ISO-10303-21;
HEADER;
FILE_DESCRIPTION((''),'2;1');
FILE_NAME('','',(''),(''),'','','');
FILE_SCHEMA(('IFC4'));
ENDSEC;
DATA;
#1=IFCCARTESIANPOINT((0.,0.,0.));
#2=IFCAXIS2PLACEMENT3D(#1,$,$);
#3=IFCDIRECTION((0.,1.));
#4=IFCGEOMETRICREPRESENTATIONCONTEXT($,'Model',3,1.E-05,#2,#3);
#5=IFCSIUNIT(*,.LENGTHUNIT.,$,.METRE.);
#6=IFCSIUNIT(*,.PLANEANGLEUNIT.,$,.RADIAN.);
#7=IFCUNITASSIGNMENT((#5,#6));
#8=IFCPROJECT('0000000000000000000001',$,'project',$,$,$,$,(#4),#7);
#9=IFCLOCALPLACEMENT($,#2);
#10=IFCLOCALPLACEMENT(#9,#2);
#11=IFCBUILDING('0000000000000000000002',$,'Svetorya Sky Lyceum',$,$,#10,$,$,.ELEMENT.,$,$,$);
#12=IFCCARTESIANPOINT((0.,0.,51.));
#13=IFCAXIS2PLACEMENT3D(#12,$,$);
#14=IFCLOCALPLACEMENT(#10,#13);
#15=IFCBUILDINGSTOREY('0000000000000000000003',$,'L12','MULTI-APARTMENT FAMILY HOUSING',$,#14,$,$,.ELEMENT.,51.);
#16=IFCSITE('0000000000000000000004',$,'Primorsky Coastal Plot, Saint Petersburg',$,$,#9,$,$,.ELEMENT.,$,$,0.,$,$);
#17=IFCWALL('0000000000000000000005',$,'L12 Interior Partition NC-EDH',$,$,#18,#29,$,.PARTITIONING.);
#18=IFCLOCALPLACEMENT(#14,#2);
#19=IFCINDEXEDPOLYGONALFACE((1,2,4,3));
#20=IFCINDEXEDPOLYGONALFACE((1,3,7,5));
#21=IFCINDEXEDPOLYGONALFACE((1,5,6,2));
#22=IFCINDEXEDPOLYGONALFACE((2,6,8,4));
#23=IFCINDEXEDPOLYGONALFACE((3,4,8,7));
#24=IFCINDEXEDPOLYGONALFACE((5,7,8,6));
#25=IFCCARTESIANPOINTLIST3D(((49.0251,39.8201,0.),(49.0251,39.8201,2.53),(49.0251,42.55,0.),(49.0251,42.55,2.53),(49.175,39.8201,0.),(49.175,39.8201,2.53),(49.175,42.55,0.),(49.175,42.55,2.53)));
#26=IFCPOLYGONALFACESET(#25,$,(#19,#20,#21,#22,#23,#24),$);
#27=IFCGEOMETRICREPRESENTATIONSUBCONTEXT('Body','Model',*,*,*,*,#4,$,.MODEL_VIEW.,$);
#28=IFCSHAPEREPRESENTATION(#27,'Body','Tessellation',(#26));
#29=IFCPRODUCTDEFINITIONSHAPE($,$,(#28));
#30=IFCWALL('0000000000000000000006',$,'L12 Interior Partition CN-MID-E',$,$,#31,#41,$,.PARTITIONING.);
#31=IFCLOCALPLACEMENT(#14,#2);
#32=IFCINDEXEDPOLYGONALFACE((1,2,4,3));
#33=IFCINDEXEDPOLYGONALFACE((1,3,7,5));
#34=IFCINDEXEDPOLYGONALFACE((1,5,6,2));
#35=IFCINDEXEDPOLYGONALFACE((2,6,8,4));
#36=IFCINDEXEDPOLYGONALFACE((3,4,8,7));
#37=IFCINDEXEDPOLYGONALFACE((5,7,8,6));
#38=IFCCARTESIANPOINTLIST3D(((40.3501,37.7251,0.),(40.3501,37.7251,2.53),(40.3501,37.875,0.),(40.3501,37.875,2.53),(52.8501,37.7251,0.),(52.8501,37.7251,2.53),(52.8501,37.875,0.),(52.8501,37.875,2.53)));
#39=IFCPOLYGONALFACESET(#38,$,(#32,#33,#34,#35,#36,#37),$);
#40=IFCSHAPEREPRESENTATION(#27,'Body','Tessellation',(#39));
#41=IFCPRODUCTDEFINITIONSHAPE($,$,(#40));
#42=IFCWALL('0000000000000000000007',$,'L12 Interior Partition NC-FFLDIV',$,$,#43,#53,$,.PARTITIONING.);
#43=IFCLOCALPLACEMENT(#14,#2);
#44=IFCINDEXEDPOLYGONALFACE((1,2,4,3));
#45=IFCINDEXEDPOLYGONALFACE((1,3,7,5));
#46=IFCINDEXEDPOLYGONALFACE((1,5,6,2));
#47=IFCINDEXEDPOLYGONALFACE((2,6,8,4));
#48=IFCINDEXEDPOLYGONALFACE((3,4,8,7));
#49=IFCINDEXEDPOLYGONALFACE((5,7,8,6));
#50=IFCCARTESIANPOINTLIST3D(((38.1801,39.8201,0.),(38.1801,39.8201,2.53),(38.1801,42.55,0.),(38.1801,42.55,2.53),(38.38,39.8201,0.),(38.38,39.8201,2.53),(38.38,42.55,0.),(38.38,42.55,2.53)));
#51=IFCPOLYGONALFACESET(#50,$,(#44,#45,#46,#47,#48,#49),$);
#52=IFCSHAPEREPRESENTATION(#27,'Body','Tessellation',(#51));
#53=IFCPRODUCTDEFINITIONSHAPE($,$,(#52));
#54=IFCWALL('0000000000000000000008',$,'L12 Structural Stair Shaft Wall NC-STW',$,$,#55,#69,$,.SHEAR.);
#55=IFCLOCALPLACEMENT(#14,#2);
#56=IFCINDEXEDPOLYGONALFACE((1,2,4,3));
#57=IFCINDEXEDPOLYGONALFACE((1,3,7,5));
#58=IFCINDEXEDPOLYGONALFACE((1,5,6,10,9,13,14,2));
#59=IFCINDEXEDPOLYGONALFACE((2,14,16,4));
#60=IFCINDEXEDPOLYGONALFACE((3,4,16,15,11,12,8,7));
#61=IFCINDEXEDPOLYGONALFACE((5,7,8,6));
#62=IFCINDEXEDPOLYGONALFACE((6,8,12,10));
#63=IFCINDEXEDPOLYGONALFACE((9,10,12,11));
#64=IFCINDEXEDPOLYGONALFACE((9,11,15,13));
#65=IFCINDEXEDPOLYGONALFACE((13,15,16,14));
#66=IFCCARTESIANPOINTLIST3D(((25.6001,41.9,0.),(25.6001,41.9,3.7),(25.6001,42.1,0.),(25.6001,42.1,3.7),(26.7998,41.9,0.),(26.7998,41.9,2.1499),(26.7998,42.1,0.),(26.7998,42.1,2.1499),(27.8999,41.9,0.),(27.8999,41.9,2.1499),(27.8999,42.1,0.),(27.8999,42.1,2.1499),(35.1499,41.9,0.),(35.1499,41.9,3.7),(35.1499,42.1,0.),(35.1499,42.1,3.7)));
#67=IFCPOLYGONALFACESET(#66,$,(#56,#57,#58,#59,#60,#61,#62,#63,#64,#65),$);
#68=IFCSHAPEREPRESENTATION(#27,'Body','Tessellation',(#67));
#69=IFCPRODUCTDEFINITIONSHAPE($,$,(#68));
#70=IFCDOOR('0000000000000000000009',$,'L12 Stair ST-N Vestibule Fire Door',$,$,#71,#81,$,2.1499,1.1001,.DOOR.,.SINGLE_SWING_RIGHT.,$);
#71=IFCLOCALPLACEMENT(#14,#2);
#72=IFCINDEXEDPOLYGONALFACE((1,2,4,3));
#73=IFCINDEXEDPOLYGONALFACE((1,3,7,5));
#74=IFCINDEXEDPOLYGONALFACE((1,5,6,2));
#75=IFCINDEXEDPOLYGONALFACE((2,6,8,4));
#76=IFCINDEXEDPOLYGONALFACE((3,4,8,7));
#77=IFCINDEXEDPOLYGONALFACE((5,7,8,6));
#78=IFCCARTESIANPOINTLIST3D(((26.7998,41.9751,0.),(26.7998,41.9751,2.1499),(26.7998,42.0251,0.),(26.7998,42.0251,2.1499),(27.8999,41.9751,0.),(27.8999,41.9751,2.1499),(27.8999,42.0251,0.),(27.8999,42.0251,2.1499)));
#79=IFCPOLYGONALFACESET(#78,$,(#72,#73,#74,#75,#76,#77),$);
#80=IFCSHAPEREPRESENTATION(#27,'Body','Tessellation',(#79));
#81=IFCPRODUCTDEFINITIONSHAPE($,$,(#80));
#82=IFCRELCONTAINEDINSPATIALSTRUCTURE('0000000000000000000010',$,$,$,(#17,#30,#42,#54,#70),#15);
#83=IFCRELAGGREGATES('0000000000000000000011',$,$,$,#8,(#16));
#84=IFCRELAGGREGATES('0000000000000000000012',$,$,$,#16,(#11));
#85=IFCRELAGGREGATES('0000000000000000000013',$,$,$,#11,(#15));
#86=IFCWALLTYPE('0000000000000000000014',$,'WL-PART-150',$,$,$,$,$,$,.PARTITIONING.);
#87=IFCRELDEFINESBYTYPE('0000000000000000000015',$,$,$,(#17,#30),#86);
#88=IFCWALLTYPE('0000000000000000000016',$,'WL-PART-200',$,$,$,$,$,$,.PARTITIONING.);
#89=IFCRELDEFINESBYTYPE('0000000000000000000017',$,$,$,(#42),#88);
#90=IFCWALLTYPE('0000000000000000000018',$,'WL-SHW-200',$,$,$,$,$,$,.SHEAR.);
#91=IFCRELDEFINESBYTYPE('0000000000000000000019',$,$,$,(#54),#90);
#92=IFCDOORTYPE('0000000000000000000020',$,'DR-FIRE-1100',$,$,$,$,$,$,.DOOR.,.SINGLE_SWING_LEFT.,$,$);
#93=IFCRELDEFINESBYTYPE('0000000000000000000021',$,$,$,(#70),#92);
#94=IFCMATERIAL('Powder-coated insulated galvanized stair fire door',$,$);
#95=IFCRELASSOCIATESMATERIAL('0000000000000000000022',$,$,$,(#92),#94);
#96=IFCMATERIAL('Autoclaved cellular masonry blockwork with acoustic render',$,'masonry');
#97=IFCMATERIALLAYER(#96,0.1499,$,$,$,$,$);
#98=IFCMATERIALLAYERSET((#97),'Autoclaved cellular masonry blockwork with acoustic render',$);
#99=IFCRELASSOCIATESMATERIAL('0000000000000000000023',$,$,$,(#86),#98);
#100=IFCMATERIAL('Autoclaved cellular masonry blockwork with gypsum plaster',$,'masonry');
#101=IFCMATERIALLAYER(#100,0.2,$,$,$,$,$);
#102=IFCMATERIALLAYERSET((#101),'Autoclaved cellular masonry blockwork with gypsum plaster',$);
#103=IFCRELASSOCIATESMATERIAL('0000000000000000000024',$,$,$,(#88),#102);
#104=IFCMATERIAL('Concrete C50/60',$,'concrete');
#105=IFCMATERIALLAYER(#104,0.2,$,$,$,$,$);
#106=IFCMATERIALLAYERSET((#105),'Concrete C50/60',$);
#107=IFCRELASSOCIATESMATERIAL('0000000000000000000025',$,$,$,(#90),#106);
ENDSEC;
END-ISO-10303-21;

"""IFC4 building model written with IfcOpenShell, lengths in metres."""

from ifc_helpers import new_model, si_unit, direction, frame, frame_2d, origin, place, context, subcontext, project, spatial, rectangle, extrude, material, layer, layer_set, type_object, element, fill, save


model = new_model("IFC4")

# Units and contexts
model_context = context("Model", 3, precision=1e-05, world=origin(), true_north=direction((0.0, 1.0)))
body_context = subcontext(model_context, "Body", "Model", "MODEL_VIEW")
ifc_project = project(units=[si_unit("LENGTHUNIT", "METRE"), si_unit("PLANEANGLEUNIT", "RADIAN")], contexts=[model_context])

# Site, building, storey
site_placement = place(None, origin())
site = spatial("IfcSite", under=ifc_project, at=site_placement, Name="Primorsky Coastal Plot, Saint Petersburg", CompositionType="ELEMENT", RefElevation=0.0)
building_placement = place(site_placement, origin())
building = spatial("IfcBuilding", under=site, at=building_placement, Name="Svetorya Sky Lyceum", CompositionType="ELEMENT")
storey_placement = place(building_placement, frame((0.0, 0.0, 51.0)))
storey = spatial("IfcBuildingStorey", under=building, at=storey_placement, Name="L12", Description="MULTI-APARTMENT FAMILY HOUSING", CompositionType="ELEMENT", Elevation=51.0)

# Shared definitions
ifc_material_1 = material(Name="Concrete C50/60", Category="concrete")

# Shared definitions
ifc_material_2 = material(Name="Powder-coated insulated galvanized stair fire door")
door_type_1 = type_object("IfcDoorType", Name="DR-FIRE-1100", OperationType="SINGLE_SWING_LEFT", PredefinedType="DOOR", material=ifc_material_2)

# Walls
ifc_material_3 = material(Name="Autoclaved cellular masonry blockwork with acoustic render", Category="masonry")
ifc_layer_1 = layer(ifc_material_3, 0.1499)
ifc_layer_set_1 = layer_set([ifc_layer_1], Name="Autoclaved cellular masonry blockwork with acoustic render")
wall_type_1 = type_object("IfcWallType", Name="WL-PART-150", PredefinedType="PARTITIONING", material=ifc_layer_set_1)
wall_1_placement = place(storey_placement, frame((49.1001, 39.8201, 0.0), z_axis=(0.0, 0.0, 1.0), x_axis=(0.0, 1.0, 0.0)))
element("IfcWall", 1, at=wall_1_placement, inside=storey, type_object=wall_type_1, Name="L12 Interior Partition NC-EDH", PredefinedType="PARTITIONING", context=body_context, shape_type="SweptSolid", body=[
    extrude(rectangle(XDim=2.73, YDim=0.1499, at=frame_2d((1.365, 0.0))), origin(), (0.0, 0.0, 1.0), 2.53),
])
wall_2_placement = place(storey_placement, frame((40.3501, 37.8, 0.0), z_axis=(0.0, 0.0, 1.0), x_axis=(1.0, 0.0, 0.0)))
element("IfcWall", 2, at=wall_2_placement, inside=storey, type_object=wall_type_1, Name="L12 Interior Partition CN-MID-E", PredefinedType="PARTITIONING", context=body_context, shape_type="SweptSolid", body=[
    extrude(rectangle(XDim=12.5, YDim=0.1499, at=frame_2d((6.25, 0.0))), origin(), (0.0, 0.0, 1.0), 2.53),
])

# Shared definitions
ifc_material_4 = material(Name="Autoclaved cellular masonry blockwork with gypsum plaster", Category="masonry")
ifc_layer_2 = layer(ifc_material_4, 0.2)
ifc_layer_set_2 = layer_set([ifc_layer_2], Name="Autoclaved cellular masonry blockwork with gypsum plaster")
wall_type_2 = type_object("IfcWallType", Name="WL-PART-200", PredefinedType="PARTITIONING", material=ifc_layer_set_2)

# Wall
wall_3_placement = place(storey_placement, frame((38.28, 39.8201, 0.0), z_axis=(0.0, 0.0, 1.0), x_axis=(0.0, 1.0, 0.0)))
element("IfcWall", 3, at=wall_3_placement, inside=storey, type_object=wall_type_2, Name="L12 Interior Partition NC-FFLDIV", PredefinedType="PARTITIONING", context=body_context, shape_type="SweptSolid", body=[
    extrude(rectangle(XDim=2.73, YDim=0.2, at=frame_2d((1.365, 0.0))), origin(), (0.0, 0.0, 1.0), 2.53),
])

# Wall, opening, door
ifc_layer_3 = layer(ifc_material_1, 0.2)
ifc_layer_set_3 = layer_set([ifc_layer_3], Name="Concrete C50/60")
wall_type_3 = type_object("IfcWallType", Name="WL-SHW-200", PredefinedType="SHEAR", material=ifc_layer_set_3)
wall_4_placement = place(storey_placement, frame((35.1499, 42.0, 0.0), z_axis=(0.0, 0.0, 1.0), x_axis=(-1.0, 0.0, 0.0)))
wall_4 = element("IfcWall", 4, at=wall_4_placement, inside=storey, type_object=wall_type_3, Name="L12 Structural Stair Shaft Wall NC-STW", PredefinedType="SHEAR", context=body_context, shape_type="SweptSolid", body=[
    extrude(rectangle(XDim=9.5498, YDim=0.2, at=frame_2d((4.7749, 0.0))), origin(), (0.0, 0.0, 1.0), 3.7),
])
opening_1_placement = place(wall_4_placement, frame((7.25, 0.0, 0.0)))
opening_1 = element("IfcOpeningElement", 5, at=opening_1_placement, cuts=wall_4, PredefinedType="OPENING", context=body_context, shape_type="SweptSolid", body=[
    extrude(rectangle(XDim=1.1001, YDim=2.1499, at=frame_2d((0.55, 1.075))), frame((0.0, 0.1099, 0.0), z_axis=(0.0, -1.0, 0.0), x_axis=(1.0, 0.0, 0.0)), (0.0, 0.0, 1.0), 0.22),
])
door_1_placement = place(opening_1_placement, origin())
door_1 = element("IfcDoor", 6, at=door_1_placement, inside=storey, type_object=door_type_1, Name="L12 Stair ST-N Vestibule Fire Door", OperationType="SINGLE_SWING_RIGHT", OverallHeight=2.1499, OverallWidth=1.1001, PredefinedType="DOOR", context=body_context, shape_type="SweptSolid", body=[
    extrude(rectangle(XDim=1.1001, YDim=2.1499, at=frame_2d((0.55, 1.075))), frame((0.0, 0.0249, 0.0), z_axis=(0.0, -1.0, 0.0), x_axis=(1.0, 0.0, 0.0)), (0.0, 0.0, 1.0), 0.05),
])
fill(opening_1, door_1)

save(model, "model.ifc")
